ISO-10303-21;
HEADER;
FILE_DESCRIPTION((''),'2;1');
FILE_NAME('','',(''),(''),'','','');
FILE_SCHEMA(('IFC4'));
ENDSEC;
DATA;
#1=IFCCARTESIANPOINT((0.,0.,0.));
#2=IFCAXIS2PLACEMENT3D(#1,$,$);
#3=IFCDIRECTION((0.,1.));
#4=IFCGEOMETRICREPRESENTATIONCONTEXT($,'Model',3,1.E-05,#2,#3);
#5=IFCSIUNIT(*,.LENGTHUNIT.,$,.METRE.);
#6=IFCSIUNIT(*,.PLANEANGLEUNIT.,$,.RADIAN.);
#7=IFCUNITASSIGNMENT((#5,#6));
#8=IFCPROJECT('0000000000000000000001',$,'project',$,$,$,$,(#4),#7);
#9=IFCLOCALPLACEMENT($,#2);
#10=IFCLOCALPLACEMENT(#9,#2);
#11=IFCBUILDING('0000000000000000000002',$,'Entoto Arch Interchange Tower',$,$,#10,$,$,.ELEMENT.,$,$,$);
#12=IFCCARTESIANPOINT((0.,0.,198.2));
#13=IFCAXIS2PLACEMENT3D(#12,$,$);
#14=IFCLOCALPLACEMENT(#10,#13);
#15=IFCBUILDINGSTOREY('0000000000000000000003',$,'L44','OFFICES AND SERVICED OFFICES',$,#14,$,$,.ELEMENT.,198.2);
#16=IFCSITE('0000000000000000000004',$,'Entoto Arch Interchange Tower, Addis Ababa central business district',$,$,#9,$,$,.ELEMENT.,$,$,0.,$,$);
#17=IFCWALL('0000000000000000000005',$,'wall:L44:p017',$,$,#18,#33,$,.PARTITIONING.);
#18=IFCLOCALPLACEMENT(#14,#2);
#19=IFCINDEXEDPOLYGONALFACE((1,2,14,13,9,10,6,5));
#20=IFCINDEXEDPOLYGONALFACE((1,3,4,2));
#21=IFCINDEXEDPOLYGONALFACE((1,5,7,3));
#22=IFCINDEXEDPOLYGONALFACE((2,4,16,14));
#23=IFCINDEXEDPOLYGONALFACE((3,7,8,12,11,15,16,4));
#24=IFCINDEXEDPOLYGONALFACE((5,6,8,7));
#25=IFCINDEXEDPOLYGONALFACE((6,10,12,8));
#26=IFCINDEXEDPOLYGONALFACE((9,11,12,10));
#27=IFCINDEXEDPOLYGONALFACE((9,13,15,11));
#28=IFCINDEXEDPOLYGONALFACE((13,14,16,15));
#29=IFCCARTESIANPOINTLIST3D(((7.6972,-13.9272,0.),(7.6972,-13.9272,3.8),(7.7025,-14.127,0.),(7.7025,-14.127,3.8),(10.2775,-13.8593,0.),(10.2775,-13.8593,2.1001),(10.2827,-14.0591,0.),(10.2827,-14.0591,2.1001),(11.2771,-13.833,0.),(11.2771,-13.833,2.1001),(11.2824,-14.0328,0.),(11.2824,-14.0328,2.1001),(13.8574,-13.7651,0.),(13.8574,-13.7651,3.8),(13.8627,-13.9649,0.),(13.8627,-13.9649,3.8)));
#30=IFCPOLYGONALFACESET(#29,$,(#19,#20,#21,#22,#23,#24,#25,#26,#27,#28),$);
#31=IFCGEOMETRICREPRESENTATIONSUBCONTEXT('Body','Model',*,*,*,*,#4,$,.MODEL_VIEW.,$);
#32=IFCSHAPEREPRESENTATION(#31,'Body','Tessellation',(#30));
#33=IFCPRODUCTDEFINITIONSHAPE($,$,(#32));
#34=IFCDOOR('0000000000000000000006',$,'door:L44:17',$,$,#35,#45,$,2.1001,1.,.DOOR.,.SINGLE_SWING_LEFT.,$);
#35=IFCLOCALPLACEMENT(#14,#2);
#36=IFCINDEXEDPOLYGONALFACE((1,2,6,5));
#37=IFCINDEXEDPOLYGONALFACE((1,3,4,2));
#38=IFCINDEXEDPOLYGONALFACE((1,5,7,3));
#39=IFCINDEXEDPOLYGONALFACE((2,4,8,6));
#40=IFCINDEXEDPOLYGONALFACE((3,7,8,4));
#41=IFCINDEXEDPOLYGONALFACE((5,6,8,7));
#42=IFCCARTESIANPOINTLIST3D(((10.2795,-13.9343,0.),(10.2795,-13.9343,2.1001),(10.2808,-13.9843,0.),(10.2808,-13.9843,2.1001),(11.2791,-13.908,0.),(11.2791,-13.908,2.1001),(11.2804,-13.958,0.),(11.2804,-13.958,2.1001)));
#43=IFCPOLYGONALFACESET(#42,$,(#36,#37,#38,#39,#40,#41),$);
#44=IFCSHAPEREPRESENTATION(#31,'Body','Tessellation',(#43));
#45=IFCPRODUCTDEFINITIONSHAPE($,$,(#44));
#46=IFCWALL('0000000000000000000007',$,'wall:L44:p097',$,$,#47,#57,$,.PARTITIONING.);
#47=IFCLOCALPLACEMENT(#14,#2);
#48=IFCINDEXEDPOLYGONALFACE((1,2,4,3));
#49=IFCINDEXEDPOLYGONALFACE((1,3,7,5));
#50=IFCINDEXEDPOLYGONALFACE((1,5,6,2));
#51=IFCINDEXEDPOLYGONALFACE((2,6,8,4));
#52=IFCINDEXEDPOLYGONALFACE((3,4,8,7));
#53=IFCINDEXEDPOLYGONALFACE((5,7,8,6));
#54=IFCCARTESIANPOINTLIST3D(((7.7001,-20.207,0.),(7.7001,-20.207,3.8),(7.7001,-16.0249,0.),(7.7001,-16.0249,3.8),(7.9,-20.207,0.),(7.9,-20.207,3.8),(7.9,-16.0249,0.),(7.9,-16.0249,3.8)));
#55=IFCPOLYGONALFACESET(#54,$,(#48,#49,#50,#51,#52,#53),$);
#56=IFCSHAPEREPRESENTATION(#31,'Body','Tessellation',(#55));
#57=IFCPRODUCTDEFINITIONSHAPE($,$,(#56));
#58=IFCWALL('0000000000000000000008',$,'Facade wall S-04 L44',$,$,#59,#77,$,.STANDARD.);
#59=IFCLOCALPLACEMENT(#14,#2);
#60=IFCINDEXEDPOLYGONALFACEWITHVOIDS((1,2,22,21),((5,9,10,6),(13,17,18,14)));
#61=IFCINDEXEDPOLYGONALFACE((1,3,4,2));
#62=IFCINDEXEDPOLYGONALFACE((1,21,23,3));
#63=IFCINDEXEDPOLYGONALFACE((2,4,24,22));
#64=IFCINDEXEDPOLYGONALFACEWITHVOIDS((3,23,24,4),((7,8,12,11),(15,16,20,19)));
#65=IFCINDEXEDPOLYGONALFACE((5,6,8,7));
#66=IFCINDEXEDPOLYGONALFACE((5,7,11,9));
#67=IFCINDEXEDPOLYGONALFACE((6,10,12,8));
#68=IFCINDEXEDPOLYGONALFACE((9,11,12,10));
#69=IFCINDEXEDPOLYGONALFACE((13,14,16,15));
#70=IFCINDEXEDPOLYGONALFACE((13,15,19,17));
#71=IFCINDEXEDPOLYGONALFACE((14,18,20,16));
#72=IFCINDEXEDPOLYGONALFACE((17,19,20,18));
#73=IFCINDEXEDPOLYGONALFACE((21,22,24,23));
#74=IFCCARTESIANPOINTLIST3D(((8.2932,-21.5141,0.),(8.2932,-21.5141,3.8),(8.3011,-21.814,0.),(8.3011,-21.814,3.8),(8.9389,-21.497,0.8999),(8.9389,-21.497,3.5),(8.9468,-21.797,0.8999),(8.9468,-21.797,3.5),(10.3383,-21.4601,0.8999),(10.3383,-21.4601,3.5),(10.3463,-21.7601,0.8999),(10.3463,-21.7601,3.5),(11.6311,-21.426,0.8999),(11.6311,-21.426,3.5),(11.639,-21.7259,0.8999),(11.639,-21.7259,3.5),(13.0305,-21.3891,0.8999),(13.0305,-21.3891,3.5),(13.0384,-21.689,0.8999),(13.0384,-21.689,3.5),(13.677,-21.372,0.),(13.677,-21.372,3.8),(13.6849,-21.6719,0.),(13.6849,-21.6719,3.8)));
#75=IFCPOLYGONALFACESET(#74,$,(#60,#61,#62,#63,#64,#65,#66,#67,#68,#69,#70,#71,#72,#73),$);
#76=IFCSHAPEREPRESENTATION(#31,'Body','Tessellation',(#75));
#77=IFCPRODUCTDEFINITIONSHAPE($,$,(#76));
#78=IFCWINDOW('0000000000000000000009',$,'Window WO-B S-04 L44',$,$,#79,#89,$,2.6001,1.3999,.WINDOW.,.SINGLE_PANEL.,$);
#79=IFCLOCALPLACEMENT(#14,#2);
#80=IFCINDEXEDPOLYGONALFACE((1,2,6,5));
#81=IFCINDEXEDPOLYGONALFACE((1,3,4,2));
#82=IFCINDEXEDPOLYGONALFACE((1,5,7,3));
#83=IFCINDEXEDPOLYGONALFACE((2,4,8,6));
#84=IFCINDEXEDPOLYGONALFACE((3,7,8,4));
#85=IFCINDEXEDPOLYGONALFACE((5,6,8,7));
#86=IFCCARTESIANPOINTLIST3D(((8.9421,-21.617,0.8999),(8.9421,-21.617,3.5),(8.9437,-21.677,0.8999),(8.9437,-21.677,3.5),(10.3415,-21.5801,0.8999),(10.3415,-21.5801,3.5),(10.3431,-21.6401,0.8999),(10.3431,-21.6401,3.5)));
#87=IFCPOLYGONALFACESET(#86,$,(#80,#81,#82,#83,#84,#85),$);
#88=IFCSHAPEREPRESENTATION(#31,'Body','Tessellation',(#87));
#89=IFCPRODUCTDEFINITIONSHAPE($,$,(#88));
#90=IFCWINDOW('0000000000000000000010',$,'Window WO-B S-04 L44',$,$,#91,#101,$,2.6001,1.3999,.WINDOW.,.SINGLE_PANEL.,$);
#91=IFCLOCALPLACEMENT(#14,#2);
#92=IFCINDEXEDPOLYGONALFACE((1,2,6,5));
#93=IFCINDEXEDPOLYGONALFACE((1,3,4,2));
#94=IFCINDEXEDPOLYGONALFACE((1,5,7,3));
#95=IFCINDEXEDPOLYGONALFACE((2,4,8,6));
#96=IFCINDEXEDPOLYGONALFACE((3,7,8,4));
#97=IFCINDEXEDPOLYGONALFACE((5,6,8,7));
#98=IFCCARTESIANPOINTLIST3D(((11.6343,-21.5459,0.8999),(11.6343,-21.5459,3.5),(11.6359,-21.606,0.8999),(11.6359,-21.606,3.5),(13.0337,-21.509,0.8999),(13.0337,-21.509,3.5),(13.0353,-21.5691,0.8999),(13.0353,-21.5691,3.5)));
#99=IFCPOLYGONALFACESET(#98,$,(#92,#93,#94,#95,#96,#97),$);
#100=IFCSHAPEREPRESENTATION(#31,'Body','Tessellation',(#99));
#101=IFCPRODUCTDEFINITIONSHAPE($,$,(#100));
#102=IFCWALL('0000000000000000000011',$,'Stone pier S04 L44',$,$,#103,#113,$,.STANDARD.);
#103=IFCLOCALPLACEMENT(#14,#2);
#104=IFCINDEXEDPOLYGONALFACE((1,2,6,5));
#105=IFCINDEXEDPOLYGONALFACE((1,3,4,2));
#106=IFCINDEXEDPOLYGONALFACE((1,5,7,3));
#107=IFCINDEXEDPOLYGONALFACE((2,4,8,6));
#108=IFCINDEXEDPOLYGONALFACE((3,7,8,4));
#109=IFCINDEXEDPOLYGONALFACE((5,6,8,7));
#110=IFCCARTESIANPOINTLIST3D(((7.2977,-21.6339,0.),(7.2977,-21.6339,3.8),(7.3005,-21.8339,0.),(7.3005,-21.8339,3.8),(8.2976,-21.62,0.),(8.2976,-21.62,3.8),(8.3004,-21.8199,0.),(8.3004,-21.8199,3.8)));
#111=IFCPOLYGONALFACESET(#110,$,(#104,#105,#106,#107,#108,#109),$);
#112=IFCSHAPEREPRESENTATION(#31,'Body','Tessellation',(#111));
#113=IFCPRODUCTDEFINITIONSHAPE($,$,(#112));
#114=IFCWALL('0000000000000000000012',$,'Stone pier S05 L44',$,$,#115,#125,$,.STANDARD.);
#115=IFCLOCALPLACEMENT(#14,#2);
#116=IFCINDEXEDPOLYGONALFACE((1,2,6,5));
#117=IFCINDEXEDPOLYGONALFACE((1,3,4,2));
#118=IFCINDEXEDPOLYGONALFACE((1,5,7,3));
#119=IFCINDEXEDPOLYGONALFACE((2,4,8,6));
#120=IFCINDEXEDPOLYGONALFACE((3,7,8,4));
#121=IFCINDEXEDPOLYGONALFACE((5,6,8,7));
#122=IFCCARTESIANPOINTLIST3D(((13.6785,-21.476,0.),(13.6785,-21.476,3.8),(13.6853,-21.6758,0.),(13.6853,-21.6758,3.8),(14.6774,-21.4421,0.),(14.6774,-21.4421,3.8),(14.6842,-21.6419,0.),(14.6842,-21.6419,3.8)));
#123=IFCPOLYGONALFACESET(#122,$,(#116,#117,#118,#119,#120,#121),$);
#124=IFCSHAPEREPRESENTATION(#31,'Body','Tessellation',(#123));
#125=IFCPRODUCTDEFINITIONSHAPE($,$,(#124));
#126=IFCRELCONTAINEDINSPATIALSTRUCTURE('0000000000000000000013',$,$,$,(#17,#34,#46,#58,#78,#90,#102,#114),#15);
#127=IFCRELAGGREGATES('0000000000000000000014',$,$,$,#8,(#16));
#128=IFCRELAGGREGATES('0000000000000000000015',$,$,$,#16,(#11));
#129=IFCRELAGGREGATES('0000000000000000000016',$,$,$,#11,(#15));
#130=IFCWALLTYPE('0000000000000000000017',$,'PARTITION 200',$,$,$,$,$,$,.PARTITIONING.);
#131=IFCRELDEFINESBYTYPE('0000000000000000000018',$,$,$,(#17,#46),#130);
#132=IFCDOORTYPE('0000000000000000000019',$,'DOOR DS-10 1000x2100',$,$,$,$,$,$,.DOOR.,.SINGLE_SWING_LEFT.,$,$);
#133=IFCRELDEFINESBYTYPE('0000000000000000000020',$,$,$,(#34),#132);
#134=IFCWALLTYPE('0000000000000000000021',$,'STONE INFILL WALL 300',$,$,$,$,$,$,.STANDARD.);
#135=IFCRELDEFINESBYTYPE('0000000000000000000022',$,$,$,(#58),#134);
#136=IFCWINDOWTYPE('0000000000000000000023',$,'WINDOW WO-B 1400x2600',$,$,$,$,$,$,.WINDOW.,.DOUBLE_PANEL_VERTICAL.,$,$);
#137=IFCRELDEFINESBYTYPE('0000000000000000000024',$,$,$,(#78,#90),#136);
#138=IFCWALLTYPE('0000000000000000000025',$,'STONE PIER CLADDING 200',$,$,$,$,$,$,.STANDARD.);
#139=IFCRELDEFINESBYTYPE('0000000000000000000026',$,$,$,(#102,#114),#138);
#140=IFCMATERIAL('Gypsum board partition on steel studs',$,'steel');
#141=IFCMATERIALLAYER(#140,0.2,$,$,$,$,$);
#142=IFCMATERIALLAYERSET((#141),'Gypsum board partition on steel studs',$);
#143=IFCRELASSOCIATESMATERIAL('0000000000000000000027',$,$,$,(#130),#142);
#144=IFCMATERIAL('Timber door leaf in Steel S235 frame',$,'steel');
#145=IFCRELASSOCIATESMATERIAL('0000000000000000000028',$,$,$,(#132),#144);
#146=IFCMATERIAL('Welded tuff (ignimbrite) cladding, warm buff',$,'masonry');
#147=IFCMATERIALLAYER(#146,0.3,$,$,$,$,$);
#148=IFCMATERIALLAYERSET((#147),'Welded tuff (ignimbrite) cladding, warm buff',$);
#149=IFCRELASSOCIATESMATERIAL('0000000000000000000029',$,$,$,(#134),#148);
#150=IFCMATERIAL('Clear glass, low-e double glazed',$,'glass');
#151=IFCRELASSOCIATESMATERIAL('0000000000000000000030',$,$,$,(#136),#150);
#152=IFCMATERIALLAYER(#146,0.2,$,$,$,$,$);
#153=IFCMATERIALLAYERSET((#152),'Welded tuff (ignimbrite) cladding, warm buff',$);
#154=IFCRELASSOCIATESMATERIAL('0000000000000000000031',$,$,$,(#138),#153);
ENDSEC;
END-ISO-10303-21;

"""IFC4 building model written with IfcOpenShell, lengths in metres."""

from ifc_helpers import new_model, si_unit, direction, frame, frame_2d, origin, place, context, subcontext, project, spatial, rectangle, extrude, material, layer, layer_set, type_object, element, fill, save


model = new_model("IFC4")

# Units and contexts
model_context = context("Model", 3, precision=1e-05, world=origin(), true_north=direction((0.0, 1.0)))
body_context = subcontext(model_context, "Body", "Model", "MODEL_VIEW")
ifc_project = project(units=[si_unit("LENGTHUNIT", "METRE"), si_unit("PLANEANGLEUNIT", "RADIAN")], contexts=[model_context])

# Site, building, storey
site_placement = place(None, origin())
site = spatial("IfcSite", under=ifc_project, at=site_placement, Name="Entoto Arch Interchange Tower, Addis Ababa central business district", CompositionType="ELEMENT", RefElevation=0.0)
building_placement = place(site_placement, origin())
building = spatial("IfcBuilding", under=site, at=building_placement, Name="Entoto Arch Interchange Tower", CompositionType="ELEMENT")
storey_placement = place(building_placement, frame((0.0, 0.0, 198.2)))
storey = spatial("IfcBuildingStorey", under=building, at=storey_placement, Name="L44", Description="OFFICES AND SERVICED OFFICES", CompositionType="ELEMENT", Elevation=198.2)

# Shared definitions
ifc_material_1 = material(Name="Clear glass, low-e double glazed", Category="glass")

# Wall, opening, door
ifc_material_2 = material(Name="Gypsum board partition on steel studs", Category="steel")
ifc_layer_1 = layer(ifc_material_2, 0.2)
ifc_layer_set_1 = layer_set([ifc_layer_1], Name="Gypsum board partition on steel studs")
wall_type_1 = type_object("IfcWallType", Name="PARTITION 200", PredefinedType="PARTITIONING", material=ifc_layer_set_1)
wall_1_placement = place(storey_placement, frame((7.7, -14.0271, 0.0), z_axis=(0.0, 0.0, 1.0), x_axis=(0.999654, 0.026307, 0.0)))
wall_1 = element("IfcWall", 1, at=wall_1_placement, inside=storey, type_object=wall_type_1, Name="wall:L44:p017", PredefinedType="PARTITIONING", context=body_context, shape_type="SweptSolid", body=[
    extrude(rectangle(XDim=6.1624, YDim=0.2, at=frame_2d((3.0811, 0.0))), origin(), (0.0, 0.0, 1.0), 3.8),
])
opening_1_placement = place(wall_1_placement, frame((2.5811, 0.0, 0.0)))
opening_1 = element("IfcOpeningElement", 2, at=opening_1_placement, cuts=wall_1, PredefinedType="OPENING", context=body_context, shape_type="SweptSolid", body=[
    extrude(rectangle(XDim=1.0, YDim=2.1001, at=frame_2d((0.5, 1.05))), frame((0.0, 0.1099, 0.0), z_axis=(0.0, -1.0, 0.0), x_axis=(1.0, 0.0, 0.0)), (0.0, 0.0, 1.0), 0.22),
])
ifc_material_3 = material(Name="Timber door leaf in Steel S235 frame", Category="steel")
door_type = type_object("IfcDoorType", Name="DOOR DS-10 1000x2100", OperationType="SINGLE_SWING_LEFT", PredefinedType="DOOR", material=ifc_material_3)
door_placement = place(opening_1_placement, origin())
door = element("IfcDoor", 3, at=door_placement, inside=storey, type_object=door_type, Name="door:L44:17", OperationType="SINGLE_SWING_LEFT", OverallHeight=2.1001, OverallWidth=1.0, PredefinedType="DOOR", context=body_context, shape_type="SweptSolid", body=[
    extrude(rectangle(XDim=1.0, YDim=2.1001, at=frame_2d((0.5, 1.05))), frame((0.0, 0.0249, 0.0), z_axis=(0.0, -1.0, 0.0), x_axis=(1.0, 0.0, 0.0)), (0.0, 0.0, 1.0), 0.05),
])
fill(opening_1, door)

# Wall
wall_2_placement = place(storey_placement, frame((7.8, -16.0249, 0.0), z_axis=(0.0, 0.0, 1.0), x_axis=(0.0, -1.0, 0.0)))
element("IfcWall", 4, at=wall_2_placement, inside=storey, type_object=wall_type_1, Name="wall:L44:p097", PredefinedType="PARTITIONING", context=body_context, shape_type="SweptSolid", body=[
    extrude(rectangle(XDim=4.1821, YDim=0.2, at=frame_2d((2.0911, 0.0))), origin(), (0.0, 0.0, 1.0), 3.8),
])

# Wall, openings, windows
ifc_material_4 = material(Name="Welded tuff (ignimbrite) cladding, warm buff", Category="masonry")
ifc_layer_2 = layer(ifc_material_4, 0.3)
ifc_layer_set_2 = layer_set([ifc_layer_2], Name="Welded tuff (ignimbrite) cladding, warm buff")
wall_type_2 = type_object("IfcWallType", Name="STONE INFILL WALL 300", PredefinedType="STANDARD", material=ifc_layer_set_2)
wall_3_placement = place(storey_placement, frame((8.2971, -21.6641, 0.0), z_axis=(0.0, 0.0, 1.0), x_axis=(0.999652, 0.026383, 0.0)))
wall_3 = element("IfcWall", 5, at=wall_3_placement, inside=storey, type_object=wall_type_2, Name="Facade wall S-04 L44", PredefinedType="STANDARD", context=body_context, shape_type="SweptSolid", body=[
    extrude(rectangle(XDim=5.3857, YDim=0.3, at=frame_2d((2.6929, 0.0))), origin(), (0.0, 0.0, 1.0), 3.8),
])
opening_2_placement = place(wall_3_placement, frame((0.646, 0.0, 0.8999)))
opening_2 = element("IfcOpeningElement", 6, at=opening_2_placement, cuts=wall_3, PredefinedType="OPENING", context=body_context, shape_type="SweptSolid", body=[
    extrude(rectangle(XDim=1.3999, YDim=2.6001, at=frame_2d((0.7, 1.3))), frame((0.0, 0.1602, 0.0), z_axis=(0.0, -1.0, 0.0), x_axis=(1.0, 0.0, 0.0)), (0.0, 0.0, 1.0), 0.3201),
])
opening_3_placement = place(wall_3_placement, frame((3.3391, 0.0, 0.8999)))
opening_3 = element("IfcOpeningElement", 7, at=opening_3_placement, cuts=wall_3, PredefinedType="OPENING", context=body_context, shape_type="SweptSolid", body=[
    extrude(rectangle(XDim=1.3999, YDim=2.6001, at=frame_2d((0.7, 1.3))), frame((0.0, 0.1602, 0.0), z_axis=(0.0, -1.0, 0.0), x_axis=(1.0, 0.0, 0.0)), (0.0, 0.0, 1.0), 0.3201),
])
window_type = type_object("IfcWindowType", Name="WINDOW WO-B 1400x2600", PartitioningType="DOUBLE_PANEL_VERTICAL", PredefinedType="WINDOW", material=ifc_material_1)
window_1_placement = place(opening_2_placement, origin())
window_1 = element("IfcWindow", 8, at=window_1_placement, inside=storey, type_object=window_type, Name="Window WO-B S-04 L44", OverallHeight=2.6001, OverallWidth=1.3999, PartitioningType="SINGLE_PANEL", PredefinedType="WINDOW", context=body_context, shape_type="SweptSolid", body=[
    extrude(rectangle(XDim=1.3999, YDim=2.6001, at=frame_2d((0.7, 1.3))), frame((0.0, 0.03, 0.0), z_axis=(0.0, -1.0, 0.0), x_axis=(1.0, 0.0, 0.0)), (0.0, 0.0, 1.0), 0.0601),
])
fill(opening_2, window_1)
window_2_placement = place(opening_3_placement, origin())
window_2 = element("IfcWindow", 9, at=window_2_placement, inside=storey, type_object=window_type, Name="Window WO-B S-04 L44", OverallHeight=2.6001, OverallWidth=1.3999, PartitioningType="SINGLE_PANEL", PredefinedType="WINDOW", context=body_context, shape_type="SweptSolid", body=[
    extrude(rectangle(XDim=1.3999, YDim=2.6001, at=frame_2d((0.7, 1.3))), frame((0.0, 0.03, 0.0), z_axis=(0.0, -1.0, 0.0), x_axis=(1.0, 0.0, 0.0)), (0.0, 0.0, 1.0), 0.0601),
])
fill(opening_3, window_2)

# Walls
ifc_layer_3 = layer(ifc_material_4, 0.2)
ifc_layer_set_3 = layer_set([ifc_layer_3], Name="Welded tuff (ignimbrite) cladding, warm buff")
wall_type_3 = type_object("IfcWallType", Name="STONE PIER CLADDING 200", PredefinedType="STANDARD", material=ifc_layer_set_3)
wall_4_placement = place(storey_placement, frame((7.2991, -21.7339, 0.0), z_axis=(0.0, 0.0, 1.0), x_axis=(0.999903, 0.013915, 0.0)))
element("IfcWall", 10, at=wall_4_placement, inside=storey, type_object=wall_type_3, Name="Stone pier S04 L44", PredefinedType="STANDARD", context=body_context, shape_type="SweptSolid", body=[
    extrude(rectangle(XDim=1.0, YDim=0.2, at=frame_2d((0.5, 0.0))), origin(), (0.0, 0.0, 1.0), 3.8),
])
wall_5_placement = place(storey_placement, frame((13.6819, -21.5759, 0.0), z_axis=(0.0, 0.0, 1.0), x_axis=(0.999424, 0.033949, 0.0)))
element("IfcWall", 11, at=wall_5_placement, inside=storey, type_object=wall_type_3, Name="Stone pier S05 L44", PredefinedType="STANDARD", context=body_context, shape_type="SweptSolid", body=[
    extrude(rectangle(XDim=0.9995, YDim=0.2, at=frame_2d((0.4998, 0.0))), origin(), (0.0, 0.0, 1.0), 3.8),
])

save(model, "model.ifc")
